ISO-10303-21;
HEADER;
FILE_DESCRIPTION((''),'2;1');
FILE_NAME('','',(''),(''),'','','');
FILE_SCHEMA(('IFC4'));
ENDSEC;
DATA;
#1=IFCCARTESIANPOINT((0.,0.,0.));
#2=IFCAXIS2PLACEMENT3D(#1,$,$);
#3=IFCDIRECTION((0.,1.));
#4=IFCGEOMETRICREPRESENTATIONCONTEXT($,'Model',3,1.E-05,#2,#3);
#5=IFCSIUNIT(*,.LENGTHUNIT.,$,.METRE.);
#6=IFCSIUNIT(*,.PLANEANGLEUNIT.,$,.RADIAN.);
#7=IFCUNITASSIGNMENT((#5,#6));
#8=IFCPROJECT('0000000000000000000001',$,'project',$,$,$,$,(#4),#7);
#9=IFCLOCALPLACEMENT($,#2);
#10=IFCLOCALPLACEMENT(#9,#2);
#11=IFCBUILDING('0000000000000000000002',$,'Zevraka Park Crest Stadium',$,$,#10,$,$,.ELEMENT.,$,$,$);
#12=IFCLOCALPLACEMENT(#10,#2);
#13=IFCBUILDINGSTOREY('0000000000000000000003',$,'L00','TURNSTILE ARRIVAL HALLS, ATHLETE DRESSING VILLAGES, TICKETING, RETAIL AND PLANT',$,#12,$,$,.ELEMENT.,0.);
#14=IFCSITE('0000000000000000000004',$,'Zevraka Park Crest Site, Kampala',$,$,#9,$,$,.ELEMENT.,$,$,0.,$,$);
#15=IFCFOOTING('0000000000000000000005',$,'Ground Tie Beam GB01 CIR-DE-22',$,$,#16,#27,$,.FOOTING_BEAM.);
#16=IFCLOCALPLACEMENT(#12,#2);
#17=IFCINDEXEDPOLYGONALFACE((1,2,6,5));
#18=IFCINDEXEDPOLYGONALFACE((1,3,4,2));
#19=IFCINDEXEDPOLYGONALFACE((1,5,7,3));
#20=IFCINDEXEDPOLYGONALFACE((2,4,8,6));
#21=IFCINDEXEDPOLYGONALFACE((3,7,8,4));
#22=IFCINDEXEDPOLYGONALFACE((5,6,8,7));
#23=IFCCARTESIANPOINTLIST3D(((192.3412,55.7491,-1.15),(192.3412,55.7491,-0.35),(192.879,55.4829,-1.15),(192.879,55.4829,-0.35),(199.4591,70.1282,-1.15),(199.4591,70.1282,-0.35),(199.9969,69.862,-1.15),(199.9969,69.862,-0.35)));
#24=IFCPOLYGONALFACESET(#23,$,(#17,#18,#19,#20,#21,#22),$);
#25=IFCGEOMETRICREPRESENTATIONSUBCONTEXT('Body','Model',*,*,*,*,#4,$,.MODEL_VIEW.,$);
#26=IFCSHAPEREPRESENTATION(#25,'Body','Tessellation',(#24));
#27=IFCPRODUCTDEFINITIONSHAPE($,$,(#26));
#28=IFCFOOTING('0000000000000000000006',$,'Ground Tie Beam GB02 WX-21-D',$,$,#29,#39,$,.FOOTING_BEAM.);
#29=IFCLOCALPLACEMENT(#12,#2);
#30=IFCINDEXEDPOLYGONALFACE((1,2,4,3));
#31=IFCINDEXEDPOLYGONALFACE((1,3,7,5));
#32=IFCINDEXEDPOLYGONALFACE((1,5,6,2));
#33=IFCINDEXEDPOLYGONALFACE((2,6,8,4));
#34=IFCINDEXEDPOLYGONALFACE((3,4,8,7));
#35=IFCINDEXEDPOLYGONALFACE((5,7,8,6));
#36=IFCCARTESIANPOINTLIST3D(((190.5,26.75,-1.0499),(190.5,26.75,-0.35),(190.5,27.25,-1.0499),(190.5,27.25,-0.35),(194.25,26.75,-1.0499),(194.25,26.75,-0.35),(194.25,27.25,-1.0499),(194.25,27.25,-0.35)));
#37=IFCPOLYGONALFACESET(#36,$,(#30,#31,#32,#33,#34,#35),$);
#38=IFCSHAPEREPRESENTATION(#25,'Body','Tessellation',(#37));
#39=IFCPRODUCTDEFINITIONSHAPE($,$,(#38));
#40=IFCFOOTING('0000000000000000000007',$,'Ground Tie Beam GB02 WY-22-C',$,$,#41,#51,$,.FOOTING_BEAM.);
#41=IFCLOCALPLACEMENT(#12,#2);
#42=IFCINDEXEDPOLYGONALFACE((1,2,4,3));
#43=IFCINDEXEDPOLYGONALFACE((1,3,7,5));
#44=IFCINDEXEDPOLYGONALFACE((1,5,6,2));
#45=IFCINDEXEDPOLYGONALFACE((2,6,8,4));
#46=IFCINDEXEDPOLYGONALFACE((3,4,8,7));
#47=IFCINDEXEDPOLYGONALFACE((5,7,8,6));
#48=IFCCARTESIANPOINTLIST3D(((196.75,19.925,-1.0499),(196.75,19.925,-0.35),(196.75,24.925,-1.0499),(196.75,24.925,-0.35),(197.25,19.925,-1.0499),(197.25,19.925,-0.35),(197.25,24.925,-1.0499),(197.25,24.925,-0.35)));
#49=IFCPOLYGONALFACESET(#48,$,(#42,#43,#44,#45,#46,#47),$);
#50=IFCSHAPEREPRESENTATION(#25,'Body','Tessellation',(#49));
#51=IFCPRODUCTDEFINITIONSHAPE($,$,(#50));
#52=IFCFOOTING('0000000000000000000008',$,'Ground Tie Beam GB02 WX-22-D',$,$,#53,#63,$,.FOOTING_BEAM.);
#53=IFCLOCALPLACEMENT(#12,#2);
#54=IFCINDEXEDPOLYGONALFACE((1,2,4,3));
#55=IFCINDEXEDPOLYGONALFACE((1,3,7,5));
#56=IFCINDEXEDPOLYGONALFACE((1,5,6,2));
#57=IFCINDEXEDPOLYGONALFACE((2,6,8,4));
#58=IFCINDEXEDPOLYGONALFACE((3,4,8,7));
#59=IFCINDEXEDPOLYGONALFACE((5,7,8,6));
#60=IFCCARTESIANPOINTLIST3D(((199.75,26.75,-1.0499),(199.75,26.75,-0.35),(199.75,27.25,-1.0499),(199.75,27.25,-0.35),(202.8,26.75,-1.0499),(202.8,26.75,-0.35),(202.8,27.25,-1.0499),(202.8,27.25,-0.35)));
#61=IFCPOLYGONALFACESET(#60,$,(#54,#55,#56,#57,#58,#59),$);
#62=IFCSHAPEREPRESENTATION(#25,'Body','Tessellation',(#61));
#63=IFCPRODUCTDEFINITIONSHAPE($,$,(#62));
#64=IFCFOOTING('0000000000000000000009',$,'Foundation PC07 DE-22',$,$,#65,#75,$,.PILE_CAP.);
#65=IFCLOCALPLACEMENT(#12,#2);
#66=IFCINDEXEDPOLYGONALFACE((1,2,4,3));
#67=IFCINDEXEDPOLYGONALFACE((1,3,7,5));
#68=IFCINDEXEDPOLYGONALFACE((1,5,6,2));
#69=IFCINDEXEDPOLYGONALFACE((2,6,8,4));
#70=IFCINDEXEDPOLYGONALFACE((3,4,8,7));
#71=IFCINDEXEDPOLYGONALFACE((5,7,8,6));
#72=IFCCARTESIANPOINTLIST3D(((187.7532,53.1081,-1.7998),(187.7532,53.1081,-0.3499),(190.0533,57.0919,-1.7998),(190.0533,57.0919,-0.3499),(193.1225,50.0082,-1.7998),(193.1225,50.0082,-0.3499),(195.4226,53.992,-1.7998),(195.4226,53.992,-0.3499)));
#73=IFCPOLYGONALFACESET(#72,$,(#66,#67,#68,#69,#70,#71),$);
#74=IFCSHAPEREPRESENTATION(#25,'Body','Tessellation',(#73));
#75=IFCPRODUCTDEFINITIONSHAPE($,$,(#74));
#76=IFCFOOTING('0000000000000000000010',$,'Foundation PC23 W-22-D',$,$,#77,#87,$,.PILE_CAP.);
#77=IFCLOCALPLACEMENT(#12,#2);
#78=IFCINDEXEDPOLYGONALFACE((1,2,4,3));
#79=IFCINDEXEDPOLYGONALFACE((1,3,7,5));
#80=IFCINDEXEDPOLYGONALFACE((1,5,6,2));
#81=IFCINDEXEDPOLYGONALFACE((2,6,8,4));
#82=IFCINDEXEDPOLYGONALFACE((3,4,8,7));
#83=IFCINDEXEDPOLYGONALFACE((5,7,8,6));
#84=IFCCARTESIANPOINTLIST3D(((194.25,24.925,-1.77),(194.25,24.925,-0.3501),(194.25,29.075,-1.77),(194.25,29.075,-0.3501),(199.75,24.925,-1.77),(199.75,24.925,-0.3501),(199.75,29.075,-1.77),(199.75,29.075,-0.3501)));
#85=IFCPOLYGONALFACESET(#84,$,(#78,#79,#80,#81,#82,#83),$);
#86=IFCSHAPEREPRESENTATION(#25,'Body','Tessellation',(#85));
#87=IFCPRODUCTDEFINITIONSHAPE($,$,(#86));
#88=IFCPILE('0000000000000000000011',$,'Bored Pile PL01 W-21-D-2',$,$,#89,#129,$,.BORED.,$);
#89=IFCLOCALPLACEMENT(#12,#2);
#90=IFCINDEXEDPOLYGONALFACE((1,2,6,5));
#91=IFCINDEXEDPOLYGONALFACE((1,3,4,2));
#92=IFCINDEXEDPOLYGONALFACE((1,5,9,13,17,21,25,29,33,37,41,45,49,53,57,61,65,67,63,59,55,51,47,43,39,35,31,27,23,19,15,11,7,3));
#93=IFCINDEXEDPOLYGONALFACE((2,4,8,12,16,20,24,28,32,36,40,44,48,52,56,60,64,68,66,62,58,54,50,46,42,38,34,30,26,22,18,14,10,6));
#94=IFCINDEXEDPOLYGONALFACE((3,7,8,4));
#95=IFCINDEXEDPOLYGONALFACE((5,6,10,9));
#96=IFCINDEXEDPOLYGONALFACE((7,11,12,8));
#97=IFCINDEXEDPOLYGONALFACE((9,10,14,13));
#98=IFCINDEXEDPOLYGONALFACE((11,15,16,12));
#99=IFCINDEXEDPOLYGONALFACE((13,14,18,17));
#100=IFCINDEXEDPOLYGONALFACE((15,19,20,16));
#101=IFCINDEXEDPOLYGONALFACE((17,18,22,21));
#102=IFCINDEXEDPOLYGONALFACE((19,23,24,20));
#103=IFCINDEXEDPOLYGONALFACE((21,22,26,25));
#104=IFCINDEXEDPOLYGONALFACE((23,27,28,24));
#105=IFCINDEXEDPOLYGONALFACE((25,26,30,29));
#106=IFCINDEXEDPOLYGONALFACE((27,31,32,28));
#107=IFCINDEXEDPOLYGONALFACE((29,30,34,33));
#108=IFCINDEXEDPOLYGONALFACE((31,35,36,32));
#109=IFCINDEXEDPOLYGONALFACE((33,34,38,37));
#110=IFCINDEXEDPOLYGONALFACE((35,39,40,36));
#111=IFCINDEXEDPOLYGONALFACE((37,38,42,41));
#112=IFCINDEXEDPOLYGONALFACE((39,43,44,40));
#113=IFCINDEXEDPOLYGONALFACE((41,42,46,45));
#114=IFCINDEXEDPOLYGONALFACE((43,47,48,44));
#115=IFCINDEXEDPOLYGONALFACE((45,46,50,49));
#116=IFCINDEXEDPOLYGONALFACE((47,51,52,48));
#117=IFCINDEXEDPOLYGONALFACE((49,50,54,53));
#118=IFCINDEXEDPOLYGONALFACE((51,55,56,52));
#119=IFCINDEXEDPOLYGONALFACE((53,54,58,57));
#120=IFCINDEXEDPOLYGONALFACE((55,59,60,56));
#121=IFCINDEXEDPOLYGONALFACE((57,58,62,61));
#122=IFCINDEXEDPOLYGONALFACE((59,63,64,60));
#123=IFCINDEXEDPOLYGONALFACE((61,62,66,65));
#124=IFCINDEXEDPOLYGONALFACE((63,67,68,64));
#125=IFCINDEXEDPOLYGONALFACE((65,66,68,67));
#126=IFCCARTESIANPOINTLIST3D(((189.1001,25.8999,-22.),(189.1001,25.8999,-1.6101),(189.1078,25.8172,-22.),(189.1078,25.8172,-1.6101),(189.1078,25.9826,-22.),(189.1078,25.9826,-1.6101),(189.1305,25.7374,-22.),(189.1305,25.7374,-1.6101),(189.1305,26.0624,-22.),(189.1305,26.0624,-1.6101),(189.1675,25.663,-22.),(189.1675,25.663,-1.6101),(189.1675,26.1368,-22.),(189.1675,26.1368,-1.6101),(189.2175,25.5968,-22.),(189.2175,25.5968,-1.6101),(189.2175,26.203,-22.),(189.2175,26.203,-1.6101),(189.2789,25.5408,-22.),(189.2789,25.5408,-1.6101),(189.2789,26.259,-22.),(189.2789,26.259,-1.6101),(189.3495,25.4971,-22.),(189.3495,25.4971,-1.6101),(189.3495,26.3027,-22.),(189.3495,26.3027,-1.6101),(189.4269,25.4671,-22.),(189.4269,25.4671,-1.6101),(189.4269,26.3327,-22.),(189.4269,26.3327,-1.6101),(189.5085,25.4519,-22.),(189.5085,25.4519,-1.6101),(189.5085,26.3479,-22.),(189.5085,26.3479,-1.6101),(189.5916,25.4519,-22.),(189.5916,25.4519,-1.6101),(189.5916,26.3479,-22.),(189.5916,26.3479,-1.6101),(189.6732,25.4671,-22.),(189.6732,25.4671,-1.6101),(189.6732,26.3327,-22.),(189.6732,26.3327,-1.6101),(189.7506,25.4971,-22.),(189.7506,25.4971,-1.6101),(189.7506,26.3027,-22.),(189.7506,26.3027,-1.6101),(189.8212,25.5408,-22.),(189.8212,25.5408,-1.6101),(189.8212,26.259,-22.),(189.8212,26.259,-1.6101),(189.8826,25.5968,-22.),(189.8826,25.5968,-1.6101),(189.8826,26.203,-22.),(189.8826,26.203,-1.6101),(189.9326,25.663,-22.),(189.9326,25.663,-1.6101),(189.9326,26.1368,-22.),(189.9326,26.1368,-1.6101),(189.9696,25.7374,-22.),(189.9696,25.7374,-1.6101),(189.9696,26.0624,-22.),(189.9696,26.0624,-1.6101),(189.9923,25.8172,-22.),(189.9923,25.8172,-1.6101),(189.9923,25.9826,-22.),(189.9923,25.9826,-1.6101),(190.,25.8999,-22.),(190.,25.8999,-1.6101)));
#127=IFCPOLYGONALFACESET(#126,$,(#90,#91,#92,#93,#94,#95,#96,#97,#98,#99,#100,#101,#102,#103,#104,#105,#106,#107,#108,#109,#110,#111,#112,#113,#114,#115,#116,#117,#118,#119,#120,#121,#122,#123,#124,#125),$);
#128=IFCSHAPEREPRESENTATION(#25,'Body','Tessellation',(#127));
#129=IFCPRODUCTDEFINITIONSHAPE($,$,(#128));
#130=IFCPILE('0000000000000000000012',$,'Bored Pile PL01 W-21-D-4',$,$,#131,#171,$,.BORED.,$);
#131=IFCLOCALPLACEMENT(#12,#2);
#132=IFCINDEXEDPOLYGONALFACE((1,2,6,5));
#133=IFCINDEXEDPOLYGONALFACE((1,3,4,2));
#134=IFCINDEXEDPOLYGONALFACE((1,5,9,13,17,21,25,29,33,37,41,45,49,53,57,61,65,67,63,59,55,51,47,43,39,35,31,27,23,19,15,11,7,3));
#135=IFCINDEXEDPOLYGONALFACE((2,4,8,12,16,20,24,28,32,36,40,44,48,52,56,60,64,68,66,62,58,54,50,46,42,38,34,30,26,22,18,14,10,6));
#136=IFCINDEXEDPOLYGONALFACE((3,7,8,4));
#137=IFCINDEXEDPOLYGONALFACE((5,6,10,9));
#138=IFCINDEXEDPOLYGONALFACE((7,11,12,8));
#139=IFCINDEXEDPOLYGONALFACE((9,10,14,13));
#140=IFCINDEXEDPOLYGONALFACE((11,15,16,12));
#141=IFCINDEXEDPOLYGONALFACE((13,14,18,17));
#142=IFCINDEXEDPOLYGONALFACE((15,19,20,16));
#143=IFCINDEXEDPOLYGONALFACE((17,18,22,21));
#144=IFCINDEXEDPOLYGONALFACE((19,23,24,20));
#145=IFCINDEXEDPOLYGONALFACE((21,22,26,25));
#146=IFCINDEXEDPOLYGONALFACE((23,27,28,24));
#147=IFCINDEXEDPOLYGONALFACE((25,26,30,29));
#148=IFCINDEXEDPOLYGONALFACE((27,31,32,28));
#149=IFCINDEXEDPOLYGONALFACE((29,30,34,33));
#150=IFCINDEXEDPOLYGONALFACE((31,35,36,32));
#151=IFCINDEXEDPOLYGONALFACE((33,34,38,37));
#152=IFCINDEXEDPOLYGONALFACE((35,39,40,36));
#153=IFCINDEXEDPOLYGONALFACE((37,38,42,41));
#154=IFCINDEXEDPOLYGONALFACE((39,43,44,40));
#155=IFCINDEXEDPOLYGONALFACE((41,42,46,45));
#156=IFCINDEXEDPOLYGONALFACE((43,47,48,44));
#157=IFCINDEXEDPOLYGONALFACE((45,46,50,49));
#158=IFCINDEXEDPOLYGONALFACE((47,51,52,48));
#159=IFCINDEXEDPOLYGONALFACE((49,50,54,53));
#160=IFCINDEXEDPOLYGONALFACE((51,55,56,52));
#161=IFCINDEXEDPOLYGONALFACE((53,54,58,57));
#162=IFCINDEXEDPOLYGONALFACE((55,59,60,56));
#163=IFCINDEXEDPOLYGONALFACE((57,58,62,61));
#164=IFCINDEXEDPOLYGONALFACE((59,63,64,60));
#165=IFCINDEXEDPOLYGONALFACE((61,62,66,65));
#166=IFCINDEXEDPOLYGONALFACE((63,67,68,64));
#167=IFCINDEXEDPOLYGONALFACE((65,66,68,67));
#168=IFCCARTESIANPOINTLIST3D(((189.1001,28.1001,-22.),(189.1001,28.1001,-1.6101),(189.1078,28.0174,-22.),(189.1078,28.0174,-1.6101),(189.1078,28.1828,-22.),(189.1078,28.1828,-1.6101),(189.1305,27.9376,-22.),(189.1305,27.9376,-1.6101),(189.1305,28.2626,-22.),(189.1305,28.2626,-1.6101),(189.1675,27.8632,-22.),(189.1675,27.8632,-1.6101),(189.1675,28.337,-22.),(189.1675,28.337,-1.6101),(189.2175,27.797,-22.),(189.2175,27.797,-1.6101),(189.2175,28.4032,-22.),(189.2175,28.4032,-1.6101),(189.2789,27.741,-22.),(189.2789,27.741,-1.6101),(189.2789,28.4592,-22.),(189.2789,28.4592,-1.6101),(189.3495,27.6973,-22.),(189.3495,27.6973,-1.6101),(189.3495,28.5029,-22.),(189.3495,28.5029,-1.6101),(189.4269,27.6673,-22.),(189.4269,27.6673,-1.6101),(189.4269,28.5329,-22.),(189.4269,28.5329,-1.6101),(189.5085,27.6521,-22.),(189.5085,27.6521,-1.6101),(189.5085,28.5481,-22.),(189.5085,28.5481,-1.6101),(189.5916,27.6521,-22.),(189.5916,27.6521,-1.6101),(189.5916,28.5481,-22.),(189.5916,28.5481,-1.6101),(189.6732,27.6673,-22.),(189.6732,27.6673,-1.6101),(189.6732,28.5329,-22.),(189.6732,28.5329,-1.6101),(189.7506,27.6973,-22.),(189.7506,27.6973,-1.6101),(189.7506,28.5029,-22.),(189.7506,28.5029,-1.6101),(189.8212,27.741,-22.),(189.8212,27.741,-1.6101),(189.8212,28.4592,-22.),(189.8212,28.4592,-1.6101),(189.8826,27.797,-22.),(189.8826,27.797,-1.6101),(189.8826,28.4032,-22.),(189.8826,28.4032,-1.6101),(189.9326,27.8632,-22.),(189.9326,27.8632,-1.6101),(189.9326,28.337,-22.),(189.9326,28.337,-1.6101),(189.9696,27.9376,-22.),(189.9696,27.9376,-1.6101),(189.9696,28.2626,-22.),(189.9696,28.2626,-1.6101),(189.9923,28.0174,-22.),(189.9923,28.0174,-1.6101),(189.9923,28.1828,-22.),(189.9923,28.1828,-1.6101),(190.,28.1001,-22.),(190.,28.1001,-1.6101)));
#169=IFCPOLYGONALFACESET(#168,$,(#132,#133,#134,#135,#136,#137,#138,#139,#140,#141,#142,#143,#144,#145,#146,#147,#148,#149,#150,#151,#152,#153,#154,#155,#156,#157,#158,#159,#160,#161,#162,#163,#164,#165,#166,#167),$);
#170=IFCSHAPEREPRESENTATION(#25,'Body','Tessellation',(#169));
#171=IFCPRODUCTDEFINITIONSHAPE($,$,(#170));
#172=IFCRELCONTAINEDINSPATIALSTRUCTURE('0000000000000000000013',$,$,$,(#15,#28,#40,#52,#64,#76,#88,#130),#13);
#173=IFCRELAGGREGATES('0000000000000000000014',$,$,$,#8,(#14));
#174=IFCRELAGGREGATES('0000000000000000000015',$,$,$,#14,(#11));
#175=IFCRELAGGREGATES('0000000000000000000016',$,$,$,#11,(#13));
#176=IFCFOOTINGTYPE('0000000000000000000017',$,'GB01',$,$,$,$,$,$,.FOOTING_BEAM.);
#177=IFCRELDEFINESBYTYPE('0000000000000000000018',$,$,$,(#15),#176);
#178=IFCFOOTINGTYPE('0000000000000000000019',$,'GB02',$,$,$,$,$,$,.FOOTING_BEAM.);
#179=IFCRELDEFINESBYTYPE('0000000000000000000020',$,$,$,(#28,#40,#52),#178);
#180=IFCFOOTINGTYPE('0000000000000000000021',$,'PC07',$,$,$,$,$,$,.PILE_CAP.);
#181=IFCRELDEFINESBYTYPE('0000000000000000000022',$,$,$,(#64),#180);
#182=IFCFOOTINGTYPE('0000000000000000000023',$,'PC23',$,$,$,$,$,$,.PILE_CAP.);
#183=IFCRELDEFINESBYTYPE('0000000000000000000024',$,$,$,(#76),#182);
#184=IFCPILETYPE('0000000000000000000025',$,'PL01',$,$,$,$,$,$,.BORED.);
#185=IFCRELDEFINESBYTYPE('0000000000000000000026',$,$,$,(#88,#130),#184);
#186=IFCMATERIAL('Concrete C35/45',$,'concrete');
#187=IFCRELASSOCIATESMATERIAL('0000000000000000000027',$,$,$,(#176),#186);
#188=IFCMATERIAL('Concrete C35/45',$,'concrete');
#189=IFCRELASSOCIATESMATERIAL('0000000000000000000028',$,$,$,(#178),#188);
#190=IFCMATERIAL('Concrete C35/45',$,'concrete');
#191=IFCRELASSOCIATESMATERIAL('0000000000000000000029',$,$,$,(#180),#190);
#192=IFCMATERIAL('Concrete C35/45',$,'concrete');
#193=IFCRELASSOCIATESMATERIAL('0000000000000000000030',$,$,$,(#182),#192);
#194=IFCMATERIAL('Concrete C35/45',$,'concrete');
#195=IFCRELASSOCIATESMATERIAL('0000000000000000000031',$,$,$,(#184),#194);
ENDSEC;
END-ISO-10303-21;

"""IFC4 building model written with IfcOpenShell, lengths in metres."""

from ifc_helpers import new_model, si_unit, direction, frame, origin, origin_2d, place, context, subcontext, project, spatial, rectangle, circle, extrude, material, material_profile, profile_set, type_object, element, save


model = new_model("IFC4")

# Units and contexts
model_context = context("Model", 3, precision=1e-05, world=origin(), true_north=direction((0.0, 1.0)))
body_context = subcontext(model_context, "Body", "Model", "MODEL_VIEW")
ifc_project = project(units=[si_unit("LENGTHUNIT", "METRE"), si_unit("PLANEANGLEUNIT", "RADIAN")], contexts=[model_context])

# Site, building, storey
site_placement = place(None, origin())
site = spatial("IfcSite", under=ifc_project, at=site_placement, Name="Zevraka Park Crest Site, Kampala", CompositionType="ELEMENT", RefElevation=0.0)
building_placement = place(site_placement, origin())
building = spatial("IfcBuilding", under=site, at=building_placement, Name="Zevraka Park Crest Stadium", CompositionType="ELEMENT")
storey_placement = place(building_placement, origin())
storey = spatial("IfcBuildingStorey", under=building, at=storey_placement, Name="L00", Description="TURNSTILE ARRIVAL HALLS, ATHLETE DRESSING VILLAGES, TICKETING, RETAIL AND PLANT", CompositionType="ELEMENT", Elevation=0.0)

# Footings
ifc_material_1 = material(Name="Concrete C35/45", Category="concrete")
ifc_material_profile_1 = material_profile(ifc_material_1, rectangle(XDim=0.6001, YDim=0.8, at=origin_2d()), Name="GB 800x600")
ifc_profile_set_1 = profile_set([ifc_material_profile_1], Name="Concrete C35/45")
footing_type_1 = type_object("IfcFootingType", Name="GB01", PredefinedType="FOOTING_BEAM", material=ifc_profile_set_1)
footing_1_placement = place(storey_placement, frame((192.6101, 55.616, -0.75), z_axis=(0.443637, 0.896206, 0.0), x_axis=(-0.896206, 0.443637, 0.0)))
element("IfcFooting", 1, at=footing_1_placement, inside=storey, type_object=footing_type_1, Name="Ground Tie Beam GB01 CIR-DE-22", PredefinedType="FOOTING_BEAM", context=body_context, shape_type="SweptSolid", body=[
    extrude(rectangle(XDim=0.6001, YDim=0.8, at=origin_2d()), origin(), (0.0, 0.0, 1.0), 16.0444),
])
ifc_material_2 = material(Name="Concrete C35/45", Category="concrete")
ifc_material_profile_2 = material_profile(ifc_material_2, rectangle(XDim=0.5, YDim=0.7, at=origin_2d()), Name="GB 700x500")
ifc_profile_set_2 = profile_set([ifc_material_profile_2], Name="Concrete C35/45")
footing_type_2 = type_object("IfcFootingType", Name="GB02", PredefinedType="FOOTING_BEAM", material=ifc_profile_set_2)
footing_2_placement = place(storey_placement, frame((190.5, 27.0, -0.7), z_axis=(1.0, 0.0, 0.0), x_axis=(0.0, 1.0, 0.0)))
element("IfcFooting", 2, at=footing_2_placement, inside=storey, type_object=footing_type_2, Name="Ground Tie Beam GB02 WX-21-D", PredefinedType="FOOTING_BEAM", context=body_context, shape_type="SweptSolid", body=[
    extrude(rectangle(XDim=0.5, YDim=0.7, at=origin_2d()), origin(), (0.0, 0.0, 1.0), 3.75),
])
footing_3_placement = place(storey_placement, frame((197.0, 19.925, -0.7), z_axis=(0.0, 1.0, 0.0), x_axis=(-1.0, 0.0, 0.0)))
element("IfcFooting", 3, at=footing_3_placement, inside=storey, type_object=footing_type_2, Name="Ground Tie Beam GB02 WY-22-C", PredefinedType="FOOTING_BEAM", context=body_context, shape_type="SweptSolid", body=[
    extrude(rectangle(XDim=0.5, YDim=0.7, at=origin_2d()), origin(), (0.0, 0.0, 1.0), 5.0),
])
footing_4_placement = place(storey_placement, frame((199.75, 27.0, -0.7), z_axis=(1.0, 0.0, 0.0), x_axis=(0.0, 1.0, 0.0)))
element("IfcFooting", 4, at=footing_4_placement, inside=storey, type_object=footing_type_2, Name="Ground Tie Beam GB02 WX-22-D", PredefinedType="FOOTING_BEAM", context=body_context, shape_type="SweptSolid", body=[
    extrude(rectangle(XDim=0.5, YDim=0.7, at=origin_2d()), origin(), (0.0, 0.0, 1.0), 3.05),
])
ifc_material_3 = material(Name="Concrete C35/45", Category="concrete")
footing_type_3 = type_object("IfcFootingType", Name="PC07", PredefinedType="PILE_CAP", material=ifc_material_3)
footing_5_placement = place(storey_placement, frame((191.5879, 53.55, -1.7998), z_axis=(0.0, 0.0, 1.0), x_axis=(-0.866025, 0.5, 0.0)))
element("IfcFooting", 5, at=footing_5_placement, inside=storey, type_object=footing_type_3, Name="Foundation PC07 DE-22", PredefinedType="PILE_CAP", context=body_context, shape_type="SweptSolid", body=[
    extrude(rectangle(XDim=6.2, YDim=4.6001, at=origin_2d()), origin(), (0.0, 0.0, 1.0), 1.45),
])
ifc_material_4 = material(Name="Concrete C35/45", Category="concrete")
footing_type_4 = type_object("IfcFootingType", Name="PC23", PredefinedType="PILE_CAP", material=ifc_material_4)
footing_6_placement = place(storey_placement, frame((197.0, 27.0, -1.77), z_axis=(0.0, 0.0, 1.0), x_axis=(1.0, 0.0, 0.0)))
element("IfcFooting", 6, at=footing_6_placement, inside=storey, type_object=footing_type_4, Name="Foundation PC23 W-22-D", PredefinedType="PILE_CAP", context=body_context, shape_type="SweptSolid", body=[
    extrude(rectangle(XDim=5.5, YDim=4.1499, at=origin_2d()), origin(), (0.0, 0.0, 1.0), 1.4199),
])

# Piles
ifc_material_5 = material(Name="Concrete C35/45", Category="concrete")
ifc_material_profile_3 = material_profile(ifc_material_5, circle(Radius=0.45, at=origin_2d()), Name="PILE D900")
ifc_profile_set_3 = profile_set([ifc_material_profile_3], Name="Concrete C35/45")
pile_type_1 = type_object("IfcPileType", Name="PL01", PredefinedType="BORED", material=ifc_profile_set_3)
for number, where, z_axis, x_axis, name in (
    (7, (189.55, 25.8999, -1.6101), (0.0, 0.0, -1.0), (1.0, 0.0, 0.0), "Bored Pile PL01 W-21-D-2"),
    (8, (189.55, 28.1001, -1.6101), (0.0, 0.0, -1.0), (1.0, 0.0, 0.0), "Bored Pile PL01 W-21-D-4"),
):
    element("IfcPile", number, at=place(storey_placement, frame(where, z_axis=z_axis, x_axis=x_axis)), inside=storey, type_object=pile_type_1, Name=name, PredefinedType="BORED", context=body_context, shape_type="SweptSolid", body=[
        extrude(circle(Radius=0.45, at=origin_2d()), origin(), (0.0, 0.0, 1.0), 20.3899),
    ])

save(model, "model.ifc")
